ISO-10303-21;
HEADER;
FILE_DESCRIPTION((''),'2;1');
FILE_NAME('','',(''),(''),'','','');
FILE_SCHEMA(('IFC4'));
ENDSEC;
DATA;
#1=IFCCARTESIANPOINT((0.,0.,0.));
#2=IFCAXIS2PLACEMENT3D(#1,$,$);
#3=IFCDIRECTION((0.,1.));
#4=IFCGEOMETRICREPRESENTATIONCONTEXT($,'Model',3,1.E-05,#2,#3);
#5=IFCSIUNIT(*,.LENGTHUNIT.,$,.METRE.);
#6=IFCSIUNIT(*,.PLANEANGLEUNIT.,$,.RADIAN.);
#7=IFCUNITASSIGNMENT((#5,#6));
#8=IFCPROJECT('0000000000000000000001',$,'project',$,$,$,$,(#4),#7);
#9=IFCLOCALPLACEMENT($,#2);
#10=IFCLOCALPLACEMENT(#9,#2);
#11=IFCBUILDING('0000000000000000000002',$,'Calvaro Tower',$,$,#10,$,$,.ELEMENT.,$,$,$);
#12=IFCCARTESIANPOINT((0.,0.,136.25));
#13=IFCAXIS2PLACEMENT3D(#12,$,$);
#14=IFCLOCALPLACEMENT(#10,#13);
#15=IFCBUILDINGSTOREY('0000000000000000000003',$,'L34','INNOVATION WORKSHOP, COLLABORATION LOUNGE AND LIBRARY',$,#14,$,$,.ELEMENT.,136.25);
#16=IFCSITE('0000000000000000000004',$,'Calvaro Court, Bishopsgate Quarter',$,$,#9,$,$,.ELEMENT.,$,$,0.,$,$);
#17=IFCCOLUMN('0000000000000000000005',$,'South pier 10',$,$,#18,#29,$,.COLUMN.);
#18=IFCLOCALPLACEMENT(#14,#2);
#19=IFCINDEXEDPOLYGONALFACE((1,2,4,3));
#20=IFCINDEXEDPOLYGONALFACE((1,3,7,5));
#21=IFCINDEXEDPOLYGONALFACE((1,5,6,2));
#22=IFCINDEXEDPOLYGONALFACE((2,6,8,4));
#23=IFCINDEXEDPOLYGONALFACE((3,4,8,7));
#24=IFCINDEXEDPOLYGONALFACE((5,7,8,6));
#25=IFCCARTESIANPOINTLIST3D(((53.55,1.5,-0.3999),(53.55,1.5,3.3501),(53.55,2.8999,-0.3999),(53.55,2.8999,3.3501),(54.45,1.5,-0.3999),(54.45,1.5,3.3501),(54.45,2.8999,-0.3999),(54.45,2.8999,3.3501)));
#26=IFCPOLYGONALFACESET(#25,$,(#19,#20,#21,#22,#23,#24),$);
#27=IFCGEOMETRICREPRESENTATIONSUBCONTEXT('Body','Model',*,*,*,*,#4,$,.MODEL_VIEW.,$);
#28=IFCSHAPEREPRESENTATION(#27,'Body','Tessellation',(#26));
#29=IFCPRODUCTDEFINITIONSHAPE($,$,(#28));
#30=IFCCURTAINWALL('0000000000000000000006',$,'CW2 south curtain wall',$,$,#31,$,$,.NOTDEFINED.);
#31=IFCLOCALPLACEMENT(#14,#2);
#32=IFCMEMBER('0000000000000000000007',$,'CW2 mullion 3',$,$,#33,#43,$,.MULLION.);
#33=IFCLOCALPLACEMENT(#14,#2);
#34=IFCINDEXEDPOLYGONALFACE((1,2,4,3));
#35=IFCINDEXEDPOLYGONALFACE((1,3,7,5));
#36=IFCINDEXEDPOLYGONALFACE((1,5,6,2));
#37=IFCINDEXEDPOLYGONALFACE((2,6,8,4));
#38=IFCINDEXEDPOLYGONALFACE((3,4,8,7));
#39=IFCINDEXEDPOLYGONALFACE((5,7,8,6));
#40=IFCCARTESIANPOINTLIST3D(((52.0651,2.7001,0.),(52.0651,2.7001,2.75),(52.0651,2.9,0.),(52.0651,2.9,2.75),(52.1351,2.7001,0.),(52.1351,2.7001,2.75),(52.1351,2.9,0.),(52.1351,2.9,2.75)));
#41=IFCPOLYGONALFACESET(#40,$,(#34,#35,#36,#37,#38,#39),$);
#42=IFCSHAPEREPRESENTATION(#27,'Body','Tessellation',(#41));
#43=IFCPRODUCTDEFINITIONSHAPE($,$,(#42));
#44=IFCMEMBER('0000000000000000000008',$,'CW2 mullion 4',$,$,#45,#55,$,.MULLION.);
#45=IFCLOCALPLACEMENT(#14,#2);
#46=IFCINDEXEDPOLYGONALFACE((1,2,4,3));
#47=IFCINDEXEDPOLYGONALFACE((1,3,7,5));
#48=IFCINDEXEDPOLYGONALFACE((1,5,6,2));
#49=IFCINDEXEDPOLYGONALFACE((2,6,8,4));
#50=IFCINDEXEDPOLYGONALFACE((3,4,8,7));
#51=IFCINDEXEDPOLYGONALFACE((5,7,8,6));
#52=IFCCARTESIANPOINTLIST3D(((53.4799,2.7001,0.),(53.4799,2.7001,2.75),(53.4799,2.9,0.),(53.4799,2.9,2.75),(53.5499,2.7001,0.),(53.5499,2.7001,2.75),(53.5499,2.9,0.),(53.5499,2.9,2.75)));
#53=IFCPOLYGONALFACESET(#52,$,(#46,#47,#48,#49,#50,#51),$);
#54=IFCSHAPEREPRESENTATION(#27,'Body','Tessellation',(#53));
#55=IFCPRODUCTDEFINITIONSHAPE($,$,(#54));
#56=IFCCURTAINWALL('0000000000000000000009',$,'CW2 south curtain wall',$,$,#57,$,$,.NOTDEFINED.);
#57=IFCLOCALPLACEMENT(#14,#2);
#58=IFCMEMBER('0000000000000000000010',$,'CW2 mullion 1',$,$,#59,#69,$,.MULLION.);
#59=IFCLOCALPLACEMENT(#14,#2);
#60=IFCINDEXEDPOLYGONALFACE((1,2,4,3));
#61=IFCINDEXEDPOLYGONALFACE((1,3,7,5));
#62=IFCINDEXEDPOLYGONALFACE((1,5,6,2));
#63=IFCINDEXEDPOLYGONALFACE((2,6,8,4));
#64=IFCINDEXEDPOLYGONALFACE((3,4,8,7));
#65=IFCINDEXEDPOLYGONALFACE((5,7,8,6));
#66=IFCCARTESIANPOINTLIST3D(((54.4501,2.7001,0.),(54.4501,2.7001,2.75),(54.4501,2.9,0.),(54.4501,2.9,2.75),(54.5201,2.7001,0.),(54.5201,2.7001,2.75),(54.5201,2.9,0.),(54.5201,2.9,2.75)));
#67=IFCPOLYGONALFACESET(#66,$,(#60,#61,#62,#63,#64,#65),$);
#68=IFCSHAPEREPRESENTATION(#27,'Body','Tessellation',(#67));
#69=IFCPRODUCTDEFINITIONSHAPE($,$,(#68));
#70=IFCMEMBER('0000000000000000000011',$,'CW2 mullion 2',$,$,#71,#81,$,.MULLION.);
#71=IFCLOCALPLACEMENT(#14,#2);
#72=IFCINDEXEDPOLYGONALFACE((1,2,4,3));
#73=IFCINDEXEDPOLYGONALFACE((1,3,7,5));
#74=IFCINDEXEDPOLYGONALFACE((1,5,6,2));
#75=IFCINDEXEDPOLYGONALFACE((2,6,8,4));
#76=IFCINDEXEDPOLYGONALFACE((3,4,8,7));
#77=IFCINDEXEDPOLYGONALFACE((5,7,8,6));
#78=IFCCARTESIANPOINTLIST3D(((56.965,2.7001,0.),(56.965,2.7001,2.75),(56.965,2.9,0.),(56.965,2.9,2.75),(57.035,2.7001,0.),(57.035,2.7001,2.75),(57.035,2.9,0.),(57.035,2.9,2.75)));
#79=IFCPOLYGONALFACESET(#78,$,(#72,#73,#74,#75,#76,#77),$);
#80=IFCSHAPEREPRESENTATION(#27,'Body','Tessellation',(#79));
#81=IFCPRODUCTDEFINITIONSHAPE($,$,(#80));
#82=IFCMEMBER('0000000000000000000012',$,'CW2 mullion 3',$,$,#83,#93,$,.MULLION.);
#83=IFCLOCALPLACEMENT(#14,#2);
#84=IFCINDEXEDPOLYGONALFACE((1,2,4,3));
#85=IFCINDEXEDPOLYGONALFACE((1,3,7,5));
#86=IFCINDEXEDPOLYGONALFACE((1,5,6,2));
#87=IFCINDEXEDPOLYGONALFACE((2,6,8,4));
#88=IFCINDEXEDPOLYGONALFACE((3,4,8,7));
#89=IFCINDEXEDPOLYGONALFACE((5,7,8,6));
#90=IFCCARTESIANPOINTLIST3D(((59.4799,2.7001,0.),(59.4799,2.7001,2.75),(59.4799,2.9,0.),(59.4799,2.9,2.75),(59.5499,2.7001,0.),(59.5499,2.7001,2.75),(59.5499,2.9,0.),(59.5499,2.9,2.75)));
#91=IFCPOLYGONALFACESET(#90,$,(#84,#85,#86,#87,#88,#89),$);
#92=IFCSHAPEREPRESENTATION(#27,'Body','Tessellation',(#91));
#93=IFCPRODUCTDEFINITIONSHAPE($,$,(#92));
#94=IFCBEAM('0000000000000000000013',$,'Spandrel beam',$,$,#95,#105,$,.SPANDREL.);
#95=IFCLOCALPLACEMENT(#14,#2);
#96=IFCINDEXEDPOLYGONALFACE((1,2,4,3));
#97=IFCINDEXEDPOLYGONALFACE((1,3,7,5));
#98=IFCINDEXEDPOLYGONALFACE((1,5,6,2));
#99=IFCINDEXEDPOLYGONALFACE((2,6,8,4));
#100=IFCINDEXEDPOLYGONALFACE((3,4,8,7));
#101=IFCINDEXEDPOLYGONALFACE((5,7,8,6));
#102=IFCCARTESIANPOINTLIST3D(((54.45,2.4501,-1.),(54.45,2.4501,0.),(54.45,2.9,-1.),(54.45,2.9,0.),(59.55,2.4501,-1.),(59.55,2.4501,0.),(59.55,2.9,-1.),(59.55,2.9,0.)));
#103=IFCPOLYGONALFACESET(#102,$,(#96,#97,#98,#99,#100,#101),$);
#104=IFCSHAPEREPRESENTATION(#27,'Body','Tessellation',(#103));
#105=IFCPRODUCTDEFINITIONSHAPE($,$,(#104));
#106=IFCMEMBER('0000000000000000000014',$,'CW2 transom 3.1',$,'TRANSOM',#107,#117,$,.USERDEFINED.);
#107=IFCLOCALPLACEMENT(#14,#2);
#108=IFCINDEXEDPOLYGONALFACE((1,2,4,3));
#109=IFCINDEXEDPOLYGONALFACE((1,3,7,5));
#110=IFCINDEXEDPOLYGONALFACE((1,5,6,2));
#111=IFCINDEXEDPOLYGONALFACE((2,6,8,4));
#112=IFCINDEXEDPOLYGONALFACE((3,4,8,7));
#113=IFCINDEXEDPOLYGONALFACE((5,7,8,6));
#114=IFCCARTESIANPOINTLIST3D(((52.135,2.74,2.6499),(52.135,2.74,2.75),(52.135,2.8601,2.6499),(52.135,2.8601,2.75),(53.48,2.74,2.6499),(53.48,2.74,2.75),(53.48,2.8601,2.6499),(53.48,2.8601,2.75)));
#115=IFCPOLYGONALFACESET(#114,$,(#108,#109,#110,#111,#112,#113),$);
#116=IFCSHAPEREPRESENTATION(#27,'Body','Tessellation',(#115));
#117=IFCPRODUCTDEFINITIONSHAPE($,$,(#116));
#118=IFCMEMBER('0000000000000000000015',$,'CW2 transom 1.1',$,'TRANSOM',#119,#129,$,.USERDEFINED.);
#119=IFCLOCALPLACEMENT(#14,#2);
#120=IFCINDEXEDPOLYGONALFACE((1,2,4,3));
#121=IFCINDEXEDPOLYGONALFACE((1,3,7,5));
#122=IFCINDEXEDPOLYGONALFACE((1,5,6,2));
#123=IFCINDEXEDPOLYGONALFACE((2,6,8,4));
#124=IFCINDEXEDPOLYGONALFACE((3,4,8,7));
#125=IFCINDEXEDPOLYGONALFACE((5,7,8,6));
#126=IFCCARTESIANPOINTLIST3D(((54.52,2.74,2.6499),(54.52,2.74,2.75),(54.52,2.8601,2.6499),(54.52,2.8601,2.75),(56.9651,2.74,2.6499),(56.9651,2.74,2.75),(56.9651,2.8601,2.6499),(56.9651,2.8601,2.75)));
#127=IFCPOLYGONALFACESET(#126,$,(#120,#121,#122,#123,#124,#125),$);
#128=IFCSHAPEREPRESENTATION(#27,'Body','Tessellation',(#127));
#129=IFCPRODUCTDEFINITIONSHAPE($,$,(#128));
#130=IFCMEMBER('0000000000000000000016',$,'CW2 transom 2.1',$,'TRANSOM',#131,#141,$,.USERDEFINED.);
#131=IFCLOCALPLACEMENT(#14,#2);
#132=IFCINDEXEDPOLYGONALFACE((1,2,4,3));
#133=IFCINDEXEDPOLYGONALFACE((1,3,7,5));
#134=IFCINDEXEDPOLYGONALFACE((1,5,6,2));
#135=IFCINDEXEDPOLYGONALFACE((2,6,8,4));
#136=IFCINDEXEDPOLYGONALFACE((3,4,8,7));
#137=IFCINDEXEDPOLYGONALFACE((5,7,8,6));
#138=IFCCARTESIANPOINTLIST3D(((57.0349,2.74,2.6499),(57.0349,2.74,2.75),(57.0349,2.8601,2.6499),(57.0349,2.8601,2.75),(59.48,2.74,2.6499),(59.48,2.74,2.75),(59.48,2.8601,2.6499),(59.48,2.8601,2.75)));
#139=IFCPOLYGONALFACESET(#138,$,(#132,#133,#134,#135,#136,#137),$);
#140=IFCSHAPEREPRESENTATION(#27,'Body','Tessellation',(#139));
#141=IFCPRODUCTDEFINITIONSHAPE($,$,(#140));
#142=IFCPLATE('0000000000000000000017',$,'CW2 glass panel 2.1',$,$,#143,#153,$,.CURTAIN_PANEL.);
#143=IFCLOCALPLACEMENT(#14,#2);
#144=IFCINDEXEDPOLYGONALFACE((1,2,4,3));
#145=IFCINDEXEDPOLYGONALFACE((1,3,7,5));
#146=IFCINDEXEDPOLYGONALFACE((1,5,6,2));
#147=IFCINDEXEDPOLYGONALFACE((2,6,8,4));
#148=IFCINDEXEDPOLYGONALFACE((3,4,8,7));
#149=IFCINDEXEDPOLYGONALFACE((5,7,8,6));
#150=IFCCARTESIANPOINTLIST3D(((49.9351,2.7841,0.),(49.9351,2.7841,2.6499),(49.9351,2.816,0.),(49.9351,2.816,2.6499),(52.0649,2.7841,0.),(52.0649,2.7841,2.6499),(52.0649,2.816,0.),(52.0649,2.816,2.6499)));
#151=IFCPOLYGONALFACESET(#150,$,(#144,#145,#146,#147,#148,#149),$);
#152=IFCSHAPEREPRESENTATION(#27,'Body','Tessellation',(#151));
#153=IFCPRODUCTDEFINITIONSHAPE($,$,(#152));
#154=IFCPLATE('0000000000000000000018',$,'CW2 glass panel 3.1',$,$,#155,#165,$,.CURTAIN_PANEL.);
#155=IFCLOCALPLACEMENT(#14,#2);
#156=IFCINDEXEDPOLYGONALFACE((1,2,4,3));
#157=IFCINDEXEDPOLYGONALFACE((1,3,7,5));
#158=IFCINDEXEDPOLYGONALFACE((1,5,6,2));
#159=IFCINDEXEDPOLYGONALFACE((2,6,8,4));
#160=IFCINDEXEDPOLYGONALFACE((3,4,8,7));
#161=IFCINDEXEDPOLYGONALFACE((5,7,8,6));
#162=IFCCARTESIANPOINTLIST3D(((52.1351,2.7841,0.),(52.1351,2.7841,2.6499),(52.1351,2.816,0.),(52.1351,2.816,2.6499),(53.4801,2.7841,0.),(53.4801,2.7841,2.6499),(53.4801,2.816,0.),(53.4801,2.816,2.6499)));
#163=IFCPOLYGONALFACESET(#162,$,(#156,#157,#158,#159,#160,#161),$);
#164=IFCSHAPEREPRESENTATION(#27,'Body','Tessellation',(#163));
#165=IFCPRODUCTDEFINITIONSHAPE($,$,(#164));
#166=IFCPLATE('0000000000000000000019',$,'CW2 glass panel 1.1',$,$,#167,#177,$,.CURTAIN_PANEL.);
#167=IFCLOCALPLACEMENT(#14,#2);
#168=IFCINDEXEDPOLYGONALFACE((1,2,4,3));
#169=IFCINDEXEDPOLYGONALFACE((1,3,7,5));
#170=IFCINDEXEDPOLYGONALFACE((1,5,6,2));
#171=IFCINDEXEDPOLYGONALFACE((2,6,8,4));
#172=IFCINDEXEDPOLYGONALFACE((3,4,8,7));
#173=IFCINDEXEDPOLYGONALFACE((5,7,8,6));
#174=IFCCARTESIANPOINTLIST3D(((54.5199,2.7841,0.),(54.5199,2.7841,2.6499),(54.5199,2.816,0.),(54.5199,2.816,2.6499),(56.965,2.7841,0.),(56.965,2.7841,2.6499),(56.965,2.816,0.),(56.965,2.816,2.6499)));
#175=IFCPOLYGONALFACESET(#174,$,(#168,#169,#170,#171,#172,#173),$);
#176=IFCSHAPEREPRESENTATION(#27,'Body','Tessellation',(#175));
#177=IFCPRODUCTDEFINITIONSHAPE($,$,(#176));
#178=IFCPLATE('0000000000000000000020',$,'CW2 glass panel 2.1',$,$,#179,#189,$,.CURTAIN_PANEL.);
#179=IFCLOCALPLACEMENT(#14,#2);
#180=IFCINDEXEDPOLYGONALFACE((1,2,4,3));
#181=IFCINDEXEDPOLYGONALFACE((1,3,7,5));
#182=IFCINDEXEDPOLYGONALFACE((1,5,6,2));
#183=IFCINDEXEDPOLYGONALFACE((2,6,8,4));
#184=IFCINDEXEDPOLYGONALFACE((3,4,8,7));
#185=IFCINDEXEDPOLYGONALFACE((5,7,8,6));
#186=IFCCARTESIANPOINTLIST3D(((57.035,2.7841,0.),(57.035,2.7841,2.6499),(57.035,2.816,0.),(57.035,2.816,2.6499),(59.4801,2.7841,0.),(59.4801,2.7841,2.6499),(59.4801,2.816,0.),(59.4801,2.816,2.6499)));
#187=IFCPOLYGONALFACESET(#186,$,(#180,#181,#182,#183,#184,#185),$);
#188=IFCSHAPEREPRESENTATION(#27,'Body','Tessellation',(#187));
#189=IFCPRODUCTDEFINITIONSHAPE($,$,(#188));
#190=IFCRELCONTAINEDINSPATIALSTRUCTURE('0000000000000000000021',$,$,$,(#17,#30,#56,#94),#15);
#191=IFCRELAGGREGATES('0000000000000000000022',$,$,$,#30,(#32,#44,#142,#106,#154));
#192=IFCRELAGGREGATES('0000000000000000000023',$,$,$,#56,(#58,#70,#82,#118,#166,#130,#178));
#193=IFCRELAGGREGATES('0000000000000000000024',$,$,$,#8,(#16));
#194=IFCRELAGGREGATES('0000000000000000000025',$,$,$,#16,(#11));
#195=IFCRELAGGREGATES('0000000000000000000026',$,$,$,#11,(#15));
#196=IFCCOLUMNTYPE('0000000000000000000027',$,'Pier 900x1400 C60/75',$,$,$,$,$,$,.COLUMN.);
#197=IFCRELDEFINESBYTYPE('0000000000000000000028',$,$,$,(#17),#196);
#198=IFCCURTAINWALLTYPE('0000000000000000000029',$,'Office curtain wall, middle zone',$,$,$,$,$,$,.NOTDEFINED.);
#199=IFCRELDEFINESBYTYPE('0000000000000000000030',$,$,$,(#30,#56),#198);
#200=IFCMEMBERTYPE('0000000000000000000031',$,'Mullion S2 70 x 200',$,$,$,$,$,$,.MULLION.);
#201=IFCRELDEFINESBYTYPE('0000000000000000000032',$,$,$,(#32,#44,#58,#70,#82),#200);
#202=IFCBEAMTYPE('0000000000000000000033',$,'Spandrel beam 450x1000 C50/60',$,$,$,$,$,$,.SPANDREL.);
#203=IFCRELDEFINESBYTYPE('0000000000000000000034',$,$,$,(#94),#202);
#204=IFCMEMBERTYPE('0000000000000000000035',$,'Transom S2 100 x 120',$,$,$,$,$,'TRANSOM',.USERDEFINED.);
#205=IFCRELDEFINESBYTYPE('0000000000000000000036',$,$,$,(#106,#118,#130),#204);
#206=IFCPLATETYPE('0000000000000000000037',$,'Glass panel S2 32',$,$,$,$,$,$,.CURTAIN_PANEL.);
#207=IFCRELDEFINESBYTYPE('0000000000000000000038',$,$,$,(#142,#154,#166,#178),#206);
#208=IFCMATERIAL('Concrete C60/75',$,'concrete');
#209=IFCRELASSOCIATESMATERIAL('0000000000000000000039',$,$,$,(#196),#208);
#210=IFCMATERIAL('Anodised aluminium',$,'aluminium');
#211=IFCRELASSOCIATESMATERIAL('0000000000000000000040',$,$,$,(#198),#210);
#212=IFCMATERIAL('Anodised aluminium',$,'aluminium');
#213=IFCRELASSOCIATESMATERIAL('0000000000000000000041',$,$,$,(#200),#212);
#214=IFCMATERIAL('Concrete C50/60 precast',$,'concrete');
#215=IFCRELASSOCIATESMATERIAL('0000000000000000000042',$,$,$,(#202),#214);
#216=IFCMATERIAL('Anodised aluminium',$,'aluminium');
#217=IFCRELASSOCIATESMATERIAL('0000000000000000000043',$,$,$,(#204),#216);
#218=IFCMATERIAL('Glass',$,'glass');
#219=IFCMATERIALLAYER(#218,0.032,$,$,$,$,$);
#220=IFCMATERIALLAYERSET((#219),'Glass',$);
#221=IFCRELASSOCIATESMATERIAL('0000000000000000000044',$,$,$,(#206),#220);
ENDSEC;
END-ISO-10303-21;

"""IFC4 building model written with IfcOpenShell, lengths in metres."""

from ifc_helpers import new_model, si_unit, direction, frame, origin, origin_2d, place, context, subcontext, project, spatial, rectangle, extrude, material, layer, layer_set, material_profile, profile_set, type_object, element, aggregate, save


model = new_model("IFC4")

# Units and contexts
model_context = context("Model", 3, precision=1e-05, world=origin(), true_north=direction((0.0, 1.0)))
body_context = subcontext(model_context, "Body", "Model", "MODEL_VIEW")
ifc_project = project(units=[si_unit("LENGTHUNIT", "METRE"), si_unit("PLANEANGLEUNIT", "RADIAN")], contexts=[model_context])

# Site, building, storey
site_placement = place(None, origin())
site = spatial("IfcSite", under=ifc_project, at=site_placement, Name="Calvaro Court, Bishopsgate Quarter", CompositionType="ELEMENT", RefElevation=0.0)
building_placement = place(site_placement, origin())
building = spatial("IfcBuilding", under=site, at=building_placement, Name="Calvaro Tower", CompositionType="ELEMENT")
storey_placement = place(building_placement, frame((0.0, 0.0, 136.25)))
storey = spatial("IfcBuildingStorey", under=building, at=storey_placement, Name="L34", Description="INNOVATION WORKSHOP, COLLABORATION LOUNGE AND LIBRARY", CompositionType="ELEMENT", Elevation=136.25)

# Column
ifc_material_1 = material(Name="Concrete C60/75", Category="concrete")
ifc_material_profile_1 = material_profile(ifc_material_1, rectangle(XDim=0.8999, YDim=1.3999, at=origin_2d()), Name="RC 900x1400")
ifc_profile_set_1 = profile_set([ifc_material_profile_1], Name="Concrete C60/75")
column_type = type_object("IfcColumnType", Name="Pier 900x1400 C60/75", PredefinedType="COLUMN", material=ifc_profile_set_1)
column_placement = place(storey_placement, frame((54.0, 2.2, -0.3999), z_axis=(0.0, 0.0, 1.0), x_axis=(1.0, 0.0, 0.0)))
element("IfcColumn", 1, at=column_placement, inside=storey, type_object=column_type, Name="South pier 10", PredefinedType="COLUMN", context=body_context, shape_type="SweptSolid", body=[
    extrude(rectangle(XDim=0.8999, YDim=1.3999, at=origin_2d()), origin(), (0.0, 0.0, 1.0), 3.75),
])

# Curtain walls, members
ifc_material_2 = material(Name="Anodised aluminium", Category="aluminium")
curtain_wall_type = type_object("IfcCurtainWallType", Name="Office curtain wall, middle zone", PredefinedType="NOTDEFINED", material=ifc_material_2)
curtain_wall_1_placement = place(storey_placement, origin())
curtain_wall_1 = element("IfcCurtainWall", 2, at=curtain_wall_1_placement, inside=storey, type_object=curtain_wall_type, Name="CW2 south curtain wall", PredefinedType="NOTDEFINED")
ifc_material_3 = material(Name="Anodised aluminium", Category="aluminium")
ifc_material_profile_2 = material_profile(ifc_material_3, rectangle(XDim=0.2, YDim=0.0701, at=origin_2d()), Name="Mullion S2 70 x 200")
ifc_profile_set_2 = profile_set([ifc_material_profile_2], Name="Anodised aluminium")
member_type_1 = type_object("IfcMemberType", Name="Mullion S2 70 x 200", PredefinedType="MULLION", material=ifc_profile_set_2)
member_1_placement = place(storey_placement, frame((52.1001, 2.8, 0.0), z_axis=(0.0, 0.0, 1.0), x_axis=(0.0, 1.0, 0.0)))
member_1 = element("IfcMember", 3, at=member_1_placement, type_object=member_type_1, Name="CW2 mullion 3", PredefinedType="MULLION", context=body_context, shape_type="SweptSolid", body=[
    extrude(rectangle(XDim=0.2, YDim=0.0701, at=origin_2d()), origin(), (0.0, 0.0, 1.0), 2.75),
])
member_2_placement = place(storey_placement, frame((53.5149, 2.8, 0.0), z_axis=(0.0, 0.0, 1.0), x_axis=(0.0, 1.0, 0.0)))
member_2 = element("IfcMember", 4, at=member_2_placement, type_object=member_type_1, Name="CW2 mullion 4", PredefinedType="MULLION", context=body_context, shape_type="SweptSolid", body=[
    extrude(rectangle(XDim=0.2, YDim=0.0701, at=origin_2d()), origin(), (0.0, 0.0, 1.0), 2.75),
])
curtain_wall_2_placement = place(storey_placement, origin())
curtain_wall_2 = element("IfcCurtainWall", 5, at=curtain_wall_2_placement, inside=storey, type_object=curtain_wall_type, Name="CW2 south curtain wall", PredefinedType="NOTDEFINED")
member_3_placement = place(storey_placement, frame((54.4851, 2.8, 0.0), z_axis=(0.0, 0.0, 1.0), x_axis=(0.0, 1.0, 0.0)))
member_3 = element("IfcMember", 6, at=member_3_placement, type_object=member_type_1, Name="CW2 mullion 1", PredefinedType="MULLION", context=body_context, shape_type="SweptSolid", body=[
    extrude(rectangle(XDim=0.2, YDim=0.0701, at=origin_2d()), origin(), (0.0, 0.0, 1.0), 2.75),
])
member_4_placement = place(storey_placement, frame((57.0, 2.8, 0.0), z_axis=(0.0, 0.0, 1.0), x_axis=(0.0, 1.0, 0.0)))
member_4 = element("IfcMember", 7, at=member_4_placement, type_object=member_type_1, Name="CW2 mullion 2", PredefinedType="MULLION", context=body_context, shape_type="SweptSolid", body=[
    extrude(rectangle(XDim=0.2, YDim=0.0701, at=origin_2d()), origin(), (0.0, 0.0, 1.0), 2.75),
])
member_5_placement = place(storey_placement, frame((59.5149, 2.8, 0.0), z_axis=(0.0, 0.0, 1.0), x_axis=(0.0, 1.0, 0.0)))
member_5 = element("IfcMember", 8, at=member_5_placement, type_object=member_type_1, Name="CW2 mullion 3", PredefinedType="MULLION", context=body_context, shape_type="SweptSolid", body=[
    extrude(rectangle(XDim=0.2, YDim=0.0701, at=origin_2d()), origin(), (0.0, 0.0, 1.0), 2.75),
])

# Beam
ifc_material_4 = material(Name="Concrete C50/60 precast", Category="concrete")
ifc_material_profile_3 = material_profile(ifc_material_4, rectangle(XDim=0.45, YDim=1.0, at=origin_2d()), Name="RC 450x1000")
ifc_profile_set_3 = profile_set([ifc_material_profile_3], Name="Concrete C50/60 precast")
beam_type = type_object("IfcBeamType", Name="Spandrel beam 450x1000 C50/60", PredefinedType="SPANDREL", material=ifc_profile_set_3)
beam_placement = place(storey_placement, frame((54.45, 2.675, -0.5), z_axis=(1.0, 0.0, 0.0), x_axis=(0.0, 1.0, 0.0)))
element("IfcBeam", 9, at=beam_placement, inside=storey, type_object=beam_type, Name="Spandrel beam", PredefinedType="SPANDREL", context=body_context, shape_type="SweptSolid", body=[
    extrude(rectangle(XDim=0.45, YDim=1.0, at=origin_2d()), origin(), (0.0, 0.0, 1.0), 5.1001),
])

# Members
ifc_material_5 = material(Name="Anodised aluminium", Category="aluminium")
ifc_material_profile_4 = material_profile(ifc_material_5, rectangle(XDim=0.1201, YDim=0.1001, at=origin_2d()), Name="Transom S2 100 x 120")
ifc_profile_set_4 = profile_set([ifc_material_profile_4], Name="Anodised aluminium")
member_type_2 = type_object("IfcMemberType", Name="Transom S2 100 x 120", ElementType="TRANSOM", PredefinedType="USERDEFINED", material=ifc_profile_set_4)
member_6_placement = place(storey_placement, frame((52.135, 2.8, 2.7), z_axis=(1.0, 0.0, 0.0), x_axis=(0.0, 1.0, 0.0)))
member_6 = element("IfcMember", 10, at=member_6_placement, type_object=member_type_2, Name="CW2 transom 3.1", ObjectType="TRANSOM", PredefinedType="USERDEFINED", context=body_context, shape_type="SweptSolid", body=[
    extrude(rectangle(XDim=0.1201, YDim=0.1001, at=origin_2d()), origin(), (0.0, 0.0, 1.0), 1.345),
])
member_7_placement = place(storey_placement, frame((54.52, 2.8, 2.7), z_axis=(1.0, 0.0, 0.0), x_axis=(0.0, 1.0, 0.0)))
member_7 = element("IfcMember", 11, at=member_7_placement, type_object=member_type_2, Name="CW2 transom 1.1", ObjectType="TRANSOM", PredefinedType="USERDEFINED", context=body_context, shape_type="SweptSolid", body=[
    extrude(rectangle(XDim=0.1201, YDim=0.1001, at=origin_2d()), origin(), (0.0, 0.0, 1.0), 2.4451),
])
member_8_placement = place(storey_placement, frame((57.0349, 2.8, 2.7), z_axis=(1.0, 0.0, 0.0), x_axis=(0.0, 1.0, 0.0)))
member_8 = element("IfcMember", 12, at=member_8_placement, type_object=member_type_2, Name="CW2 transom 2.1", ObjectType="TRANSOM", PredefinedType="USERDEFINED", context=body_context, shape_type="SweptSolid", body=[
    extrude(rectangle(XDim=0.1201, YDim=0.1001, at=origin_2d()), origin(), (0.0, 0.0, 1.0), 2.4451),
])

# Plates
ifc_material_6 = material(Name="Glass", Category="glass")
ifc_layer_1 = layer(ifc_material_6, 0.032)
ifc_layer_set_1 = layer_set([ifc_layer_1], Name="Glass")
plate_type = type_object("IfcPlateType", Name="Glass panel S2 32", PredefinedType="CURTAIN_PANEL", material=ifc_layer_set_1)
plate_1_placement = place(storey_placement, frame((51.0, 2.8, 0.0), z_axis=(0.0, 0.0, 1.0), x_axis=(1.0, 0.0, 0.0)))
plate_1 = element("IfcPlate", 13, at=plate_1_placement, type_object=plate_type, Name="CW2 glass panel 2.1", PredefinedType="CURTAIN_PANEL", context=body_context, shape_type="SweptSolid", body=[
    extrude(rectangle(XDim=2.1299, YDim=0.032, at=origin_2d()), origin(), (0.0, 0.0, 1.0), 2.6499),
])
plate_2_placement = place(storey_placement, frame((52.8076, 2.8, 0.0), z_axis=(0.0, 0.0, 1.0), x_axis=(1.0, 0.0, 0.0)))
plate_2 = element("IfcPlate", 14, at=plate_2_placement, type_object=plate_type, Name="CW2 glass panel 3.1", PredefinedType="CURTAIN_PANEL", context=body_context, shape_type="SweptSolid", body=[
    extrude(rectangle(XDim=1.345, YDim=0.032, at=origin_2d()), origin(), (0.0, 0.0, 1.0), 2.6499),
])
aggregate(curtain_wall_1, [member_1, member_2, plate_1, member_6, plate_2])
plate_3_placement = place(storey_placement, frame((55.7424, 2.8, 0.0), z_axis=(0.0, 0.0, 1.0), x_axis=(1.0, 0.0, 0.0)))
plate_3 = element("IfcPlate", 15, at=plate_3_placement, type_object=plate_type, Name="CW2 glass panel 1.1", PredefinedType="CURTAIN_PANEL", context=body_context, shape_type="SweptSolid", body=[
    extrude(rectangle(XDim=2.4451, YDim=0.032, at=origin_2d()), origin(), (0.0, 0.0, 1.0), 2.6499),
])
plate_4_placement = place(storey_placement, frame((58.2576, 2.8, 0.0), z_axis=(0.0, 0.0, 1.0), x_axis=(1.0, 0.0, 0.0)))
plate_4 = element("IfcPlate", 16, at=plate_4_placement, type_object=plate_type, Name="CW2 glass panel 2.1", PredefinedType="CURTAIN_PANEL", context=body_context, shape_type="SweptSolid", body=[
    extrude(rectangle(XDim=2.4451, YDim=0.032, at=origin_2d()), origin(), (0.0, 0.0, 1.0), 2.6499),
])
aggregate(curtain_wall_2, [member_3, member_4, member_5, member_7, plate_3, member_8, plate_4])

save(model, "model.ifc")
